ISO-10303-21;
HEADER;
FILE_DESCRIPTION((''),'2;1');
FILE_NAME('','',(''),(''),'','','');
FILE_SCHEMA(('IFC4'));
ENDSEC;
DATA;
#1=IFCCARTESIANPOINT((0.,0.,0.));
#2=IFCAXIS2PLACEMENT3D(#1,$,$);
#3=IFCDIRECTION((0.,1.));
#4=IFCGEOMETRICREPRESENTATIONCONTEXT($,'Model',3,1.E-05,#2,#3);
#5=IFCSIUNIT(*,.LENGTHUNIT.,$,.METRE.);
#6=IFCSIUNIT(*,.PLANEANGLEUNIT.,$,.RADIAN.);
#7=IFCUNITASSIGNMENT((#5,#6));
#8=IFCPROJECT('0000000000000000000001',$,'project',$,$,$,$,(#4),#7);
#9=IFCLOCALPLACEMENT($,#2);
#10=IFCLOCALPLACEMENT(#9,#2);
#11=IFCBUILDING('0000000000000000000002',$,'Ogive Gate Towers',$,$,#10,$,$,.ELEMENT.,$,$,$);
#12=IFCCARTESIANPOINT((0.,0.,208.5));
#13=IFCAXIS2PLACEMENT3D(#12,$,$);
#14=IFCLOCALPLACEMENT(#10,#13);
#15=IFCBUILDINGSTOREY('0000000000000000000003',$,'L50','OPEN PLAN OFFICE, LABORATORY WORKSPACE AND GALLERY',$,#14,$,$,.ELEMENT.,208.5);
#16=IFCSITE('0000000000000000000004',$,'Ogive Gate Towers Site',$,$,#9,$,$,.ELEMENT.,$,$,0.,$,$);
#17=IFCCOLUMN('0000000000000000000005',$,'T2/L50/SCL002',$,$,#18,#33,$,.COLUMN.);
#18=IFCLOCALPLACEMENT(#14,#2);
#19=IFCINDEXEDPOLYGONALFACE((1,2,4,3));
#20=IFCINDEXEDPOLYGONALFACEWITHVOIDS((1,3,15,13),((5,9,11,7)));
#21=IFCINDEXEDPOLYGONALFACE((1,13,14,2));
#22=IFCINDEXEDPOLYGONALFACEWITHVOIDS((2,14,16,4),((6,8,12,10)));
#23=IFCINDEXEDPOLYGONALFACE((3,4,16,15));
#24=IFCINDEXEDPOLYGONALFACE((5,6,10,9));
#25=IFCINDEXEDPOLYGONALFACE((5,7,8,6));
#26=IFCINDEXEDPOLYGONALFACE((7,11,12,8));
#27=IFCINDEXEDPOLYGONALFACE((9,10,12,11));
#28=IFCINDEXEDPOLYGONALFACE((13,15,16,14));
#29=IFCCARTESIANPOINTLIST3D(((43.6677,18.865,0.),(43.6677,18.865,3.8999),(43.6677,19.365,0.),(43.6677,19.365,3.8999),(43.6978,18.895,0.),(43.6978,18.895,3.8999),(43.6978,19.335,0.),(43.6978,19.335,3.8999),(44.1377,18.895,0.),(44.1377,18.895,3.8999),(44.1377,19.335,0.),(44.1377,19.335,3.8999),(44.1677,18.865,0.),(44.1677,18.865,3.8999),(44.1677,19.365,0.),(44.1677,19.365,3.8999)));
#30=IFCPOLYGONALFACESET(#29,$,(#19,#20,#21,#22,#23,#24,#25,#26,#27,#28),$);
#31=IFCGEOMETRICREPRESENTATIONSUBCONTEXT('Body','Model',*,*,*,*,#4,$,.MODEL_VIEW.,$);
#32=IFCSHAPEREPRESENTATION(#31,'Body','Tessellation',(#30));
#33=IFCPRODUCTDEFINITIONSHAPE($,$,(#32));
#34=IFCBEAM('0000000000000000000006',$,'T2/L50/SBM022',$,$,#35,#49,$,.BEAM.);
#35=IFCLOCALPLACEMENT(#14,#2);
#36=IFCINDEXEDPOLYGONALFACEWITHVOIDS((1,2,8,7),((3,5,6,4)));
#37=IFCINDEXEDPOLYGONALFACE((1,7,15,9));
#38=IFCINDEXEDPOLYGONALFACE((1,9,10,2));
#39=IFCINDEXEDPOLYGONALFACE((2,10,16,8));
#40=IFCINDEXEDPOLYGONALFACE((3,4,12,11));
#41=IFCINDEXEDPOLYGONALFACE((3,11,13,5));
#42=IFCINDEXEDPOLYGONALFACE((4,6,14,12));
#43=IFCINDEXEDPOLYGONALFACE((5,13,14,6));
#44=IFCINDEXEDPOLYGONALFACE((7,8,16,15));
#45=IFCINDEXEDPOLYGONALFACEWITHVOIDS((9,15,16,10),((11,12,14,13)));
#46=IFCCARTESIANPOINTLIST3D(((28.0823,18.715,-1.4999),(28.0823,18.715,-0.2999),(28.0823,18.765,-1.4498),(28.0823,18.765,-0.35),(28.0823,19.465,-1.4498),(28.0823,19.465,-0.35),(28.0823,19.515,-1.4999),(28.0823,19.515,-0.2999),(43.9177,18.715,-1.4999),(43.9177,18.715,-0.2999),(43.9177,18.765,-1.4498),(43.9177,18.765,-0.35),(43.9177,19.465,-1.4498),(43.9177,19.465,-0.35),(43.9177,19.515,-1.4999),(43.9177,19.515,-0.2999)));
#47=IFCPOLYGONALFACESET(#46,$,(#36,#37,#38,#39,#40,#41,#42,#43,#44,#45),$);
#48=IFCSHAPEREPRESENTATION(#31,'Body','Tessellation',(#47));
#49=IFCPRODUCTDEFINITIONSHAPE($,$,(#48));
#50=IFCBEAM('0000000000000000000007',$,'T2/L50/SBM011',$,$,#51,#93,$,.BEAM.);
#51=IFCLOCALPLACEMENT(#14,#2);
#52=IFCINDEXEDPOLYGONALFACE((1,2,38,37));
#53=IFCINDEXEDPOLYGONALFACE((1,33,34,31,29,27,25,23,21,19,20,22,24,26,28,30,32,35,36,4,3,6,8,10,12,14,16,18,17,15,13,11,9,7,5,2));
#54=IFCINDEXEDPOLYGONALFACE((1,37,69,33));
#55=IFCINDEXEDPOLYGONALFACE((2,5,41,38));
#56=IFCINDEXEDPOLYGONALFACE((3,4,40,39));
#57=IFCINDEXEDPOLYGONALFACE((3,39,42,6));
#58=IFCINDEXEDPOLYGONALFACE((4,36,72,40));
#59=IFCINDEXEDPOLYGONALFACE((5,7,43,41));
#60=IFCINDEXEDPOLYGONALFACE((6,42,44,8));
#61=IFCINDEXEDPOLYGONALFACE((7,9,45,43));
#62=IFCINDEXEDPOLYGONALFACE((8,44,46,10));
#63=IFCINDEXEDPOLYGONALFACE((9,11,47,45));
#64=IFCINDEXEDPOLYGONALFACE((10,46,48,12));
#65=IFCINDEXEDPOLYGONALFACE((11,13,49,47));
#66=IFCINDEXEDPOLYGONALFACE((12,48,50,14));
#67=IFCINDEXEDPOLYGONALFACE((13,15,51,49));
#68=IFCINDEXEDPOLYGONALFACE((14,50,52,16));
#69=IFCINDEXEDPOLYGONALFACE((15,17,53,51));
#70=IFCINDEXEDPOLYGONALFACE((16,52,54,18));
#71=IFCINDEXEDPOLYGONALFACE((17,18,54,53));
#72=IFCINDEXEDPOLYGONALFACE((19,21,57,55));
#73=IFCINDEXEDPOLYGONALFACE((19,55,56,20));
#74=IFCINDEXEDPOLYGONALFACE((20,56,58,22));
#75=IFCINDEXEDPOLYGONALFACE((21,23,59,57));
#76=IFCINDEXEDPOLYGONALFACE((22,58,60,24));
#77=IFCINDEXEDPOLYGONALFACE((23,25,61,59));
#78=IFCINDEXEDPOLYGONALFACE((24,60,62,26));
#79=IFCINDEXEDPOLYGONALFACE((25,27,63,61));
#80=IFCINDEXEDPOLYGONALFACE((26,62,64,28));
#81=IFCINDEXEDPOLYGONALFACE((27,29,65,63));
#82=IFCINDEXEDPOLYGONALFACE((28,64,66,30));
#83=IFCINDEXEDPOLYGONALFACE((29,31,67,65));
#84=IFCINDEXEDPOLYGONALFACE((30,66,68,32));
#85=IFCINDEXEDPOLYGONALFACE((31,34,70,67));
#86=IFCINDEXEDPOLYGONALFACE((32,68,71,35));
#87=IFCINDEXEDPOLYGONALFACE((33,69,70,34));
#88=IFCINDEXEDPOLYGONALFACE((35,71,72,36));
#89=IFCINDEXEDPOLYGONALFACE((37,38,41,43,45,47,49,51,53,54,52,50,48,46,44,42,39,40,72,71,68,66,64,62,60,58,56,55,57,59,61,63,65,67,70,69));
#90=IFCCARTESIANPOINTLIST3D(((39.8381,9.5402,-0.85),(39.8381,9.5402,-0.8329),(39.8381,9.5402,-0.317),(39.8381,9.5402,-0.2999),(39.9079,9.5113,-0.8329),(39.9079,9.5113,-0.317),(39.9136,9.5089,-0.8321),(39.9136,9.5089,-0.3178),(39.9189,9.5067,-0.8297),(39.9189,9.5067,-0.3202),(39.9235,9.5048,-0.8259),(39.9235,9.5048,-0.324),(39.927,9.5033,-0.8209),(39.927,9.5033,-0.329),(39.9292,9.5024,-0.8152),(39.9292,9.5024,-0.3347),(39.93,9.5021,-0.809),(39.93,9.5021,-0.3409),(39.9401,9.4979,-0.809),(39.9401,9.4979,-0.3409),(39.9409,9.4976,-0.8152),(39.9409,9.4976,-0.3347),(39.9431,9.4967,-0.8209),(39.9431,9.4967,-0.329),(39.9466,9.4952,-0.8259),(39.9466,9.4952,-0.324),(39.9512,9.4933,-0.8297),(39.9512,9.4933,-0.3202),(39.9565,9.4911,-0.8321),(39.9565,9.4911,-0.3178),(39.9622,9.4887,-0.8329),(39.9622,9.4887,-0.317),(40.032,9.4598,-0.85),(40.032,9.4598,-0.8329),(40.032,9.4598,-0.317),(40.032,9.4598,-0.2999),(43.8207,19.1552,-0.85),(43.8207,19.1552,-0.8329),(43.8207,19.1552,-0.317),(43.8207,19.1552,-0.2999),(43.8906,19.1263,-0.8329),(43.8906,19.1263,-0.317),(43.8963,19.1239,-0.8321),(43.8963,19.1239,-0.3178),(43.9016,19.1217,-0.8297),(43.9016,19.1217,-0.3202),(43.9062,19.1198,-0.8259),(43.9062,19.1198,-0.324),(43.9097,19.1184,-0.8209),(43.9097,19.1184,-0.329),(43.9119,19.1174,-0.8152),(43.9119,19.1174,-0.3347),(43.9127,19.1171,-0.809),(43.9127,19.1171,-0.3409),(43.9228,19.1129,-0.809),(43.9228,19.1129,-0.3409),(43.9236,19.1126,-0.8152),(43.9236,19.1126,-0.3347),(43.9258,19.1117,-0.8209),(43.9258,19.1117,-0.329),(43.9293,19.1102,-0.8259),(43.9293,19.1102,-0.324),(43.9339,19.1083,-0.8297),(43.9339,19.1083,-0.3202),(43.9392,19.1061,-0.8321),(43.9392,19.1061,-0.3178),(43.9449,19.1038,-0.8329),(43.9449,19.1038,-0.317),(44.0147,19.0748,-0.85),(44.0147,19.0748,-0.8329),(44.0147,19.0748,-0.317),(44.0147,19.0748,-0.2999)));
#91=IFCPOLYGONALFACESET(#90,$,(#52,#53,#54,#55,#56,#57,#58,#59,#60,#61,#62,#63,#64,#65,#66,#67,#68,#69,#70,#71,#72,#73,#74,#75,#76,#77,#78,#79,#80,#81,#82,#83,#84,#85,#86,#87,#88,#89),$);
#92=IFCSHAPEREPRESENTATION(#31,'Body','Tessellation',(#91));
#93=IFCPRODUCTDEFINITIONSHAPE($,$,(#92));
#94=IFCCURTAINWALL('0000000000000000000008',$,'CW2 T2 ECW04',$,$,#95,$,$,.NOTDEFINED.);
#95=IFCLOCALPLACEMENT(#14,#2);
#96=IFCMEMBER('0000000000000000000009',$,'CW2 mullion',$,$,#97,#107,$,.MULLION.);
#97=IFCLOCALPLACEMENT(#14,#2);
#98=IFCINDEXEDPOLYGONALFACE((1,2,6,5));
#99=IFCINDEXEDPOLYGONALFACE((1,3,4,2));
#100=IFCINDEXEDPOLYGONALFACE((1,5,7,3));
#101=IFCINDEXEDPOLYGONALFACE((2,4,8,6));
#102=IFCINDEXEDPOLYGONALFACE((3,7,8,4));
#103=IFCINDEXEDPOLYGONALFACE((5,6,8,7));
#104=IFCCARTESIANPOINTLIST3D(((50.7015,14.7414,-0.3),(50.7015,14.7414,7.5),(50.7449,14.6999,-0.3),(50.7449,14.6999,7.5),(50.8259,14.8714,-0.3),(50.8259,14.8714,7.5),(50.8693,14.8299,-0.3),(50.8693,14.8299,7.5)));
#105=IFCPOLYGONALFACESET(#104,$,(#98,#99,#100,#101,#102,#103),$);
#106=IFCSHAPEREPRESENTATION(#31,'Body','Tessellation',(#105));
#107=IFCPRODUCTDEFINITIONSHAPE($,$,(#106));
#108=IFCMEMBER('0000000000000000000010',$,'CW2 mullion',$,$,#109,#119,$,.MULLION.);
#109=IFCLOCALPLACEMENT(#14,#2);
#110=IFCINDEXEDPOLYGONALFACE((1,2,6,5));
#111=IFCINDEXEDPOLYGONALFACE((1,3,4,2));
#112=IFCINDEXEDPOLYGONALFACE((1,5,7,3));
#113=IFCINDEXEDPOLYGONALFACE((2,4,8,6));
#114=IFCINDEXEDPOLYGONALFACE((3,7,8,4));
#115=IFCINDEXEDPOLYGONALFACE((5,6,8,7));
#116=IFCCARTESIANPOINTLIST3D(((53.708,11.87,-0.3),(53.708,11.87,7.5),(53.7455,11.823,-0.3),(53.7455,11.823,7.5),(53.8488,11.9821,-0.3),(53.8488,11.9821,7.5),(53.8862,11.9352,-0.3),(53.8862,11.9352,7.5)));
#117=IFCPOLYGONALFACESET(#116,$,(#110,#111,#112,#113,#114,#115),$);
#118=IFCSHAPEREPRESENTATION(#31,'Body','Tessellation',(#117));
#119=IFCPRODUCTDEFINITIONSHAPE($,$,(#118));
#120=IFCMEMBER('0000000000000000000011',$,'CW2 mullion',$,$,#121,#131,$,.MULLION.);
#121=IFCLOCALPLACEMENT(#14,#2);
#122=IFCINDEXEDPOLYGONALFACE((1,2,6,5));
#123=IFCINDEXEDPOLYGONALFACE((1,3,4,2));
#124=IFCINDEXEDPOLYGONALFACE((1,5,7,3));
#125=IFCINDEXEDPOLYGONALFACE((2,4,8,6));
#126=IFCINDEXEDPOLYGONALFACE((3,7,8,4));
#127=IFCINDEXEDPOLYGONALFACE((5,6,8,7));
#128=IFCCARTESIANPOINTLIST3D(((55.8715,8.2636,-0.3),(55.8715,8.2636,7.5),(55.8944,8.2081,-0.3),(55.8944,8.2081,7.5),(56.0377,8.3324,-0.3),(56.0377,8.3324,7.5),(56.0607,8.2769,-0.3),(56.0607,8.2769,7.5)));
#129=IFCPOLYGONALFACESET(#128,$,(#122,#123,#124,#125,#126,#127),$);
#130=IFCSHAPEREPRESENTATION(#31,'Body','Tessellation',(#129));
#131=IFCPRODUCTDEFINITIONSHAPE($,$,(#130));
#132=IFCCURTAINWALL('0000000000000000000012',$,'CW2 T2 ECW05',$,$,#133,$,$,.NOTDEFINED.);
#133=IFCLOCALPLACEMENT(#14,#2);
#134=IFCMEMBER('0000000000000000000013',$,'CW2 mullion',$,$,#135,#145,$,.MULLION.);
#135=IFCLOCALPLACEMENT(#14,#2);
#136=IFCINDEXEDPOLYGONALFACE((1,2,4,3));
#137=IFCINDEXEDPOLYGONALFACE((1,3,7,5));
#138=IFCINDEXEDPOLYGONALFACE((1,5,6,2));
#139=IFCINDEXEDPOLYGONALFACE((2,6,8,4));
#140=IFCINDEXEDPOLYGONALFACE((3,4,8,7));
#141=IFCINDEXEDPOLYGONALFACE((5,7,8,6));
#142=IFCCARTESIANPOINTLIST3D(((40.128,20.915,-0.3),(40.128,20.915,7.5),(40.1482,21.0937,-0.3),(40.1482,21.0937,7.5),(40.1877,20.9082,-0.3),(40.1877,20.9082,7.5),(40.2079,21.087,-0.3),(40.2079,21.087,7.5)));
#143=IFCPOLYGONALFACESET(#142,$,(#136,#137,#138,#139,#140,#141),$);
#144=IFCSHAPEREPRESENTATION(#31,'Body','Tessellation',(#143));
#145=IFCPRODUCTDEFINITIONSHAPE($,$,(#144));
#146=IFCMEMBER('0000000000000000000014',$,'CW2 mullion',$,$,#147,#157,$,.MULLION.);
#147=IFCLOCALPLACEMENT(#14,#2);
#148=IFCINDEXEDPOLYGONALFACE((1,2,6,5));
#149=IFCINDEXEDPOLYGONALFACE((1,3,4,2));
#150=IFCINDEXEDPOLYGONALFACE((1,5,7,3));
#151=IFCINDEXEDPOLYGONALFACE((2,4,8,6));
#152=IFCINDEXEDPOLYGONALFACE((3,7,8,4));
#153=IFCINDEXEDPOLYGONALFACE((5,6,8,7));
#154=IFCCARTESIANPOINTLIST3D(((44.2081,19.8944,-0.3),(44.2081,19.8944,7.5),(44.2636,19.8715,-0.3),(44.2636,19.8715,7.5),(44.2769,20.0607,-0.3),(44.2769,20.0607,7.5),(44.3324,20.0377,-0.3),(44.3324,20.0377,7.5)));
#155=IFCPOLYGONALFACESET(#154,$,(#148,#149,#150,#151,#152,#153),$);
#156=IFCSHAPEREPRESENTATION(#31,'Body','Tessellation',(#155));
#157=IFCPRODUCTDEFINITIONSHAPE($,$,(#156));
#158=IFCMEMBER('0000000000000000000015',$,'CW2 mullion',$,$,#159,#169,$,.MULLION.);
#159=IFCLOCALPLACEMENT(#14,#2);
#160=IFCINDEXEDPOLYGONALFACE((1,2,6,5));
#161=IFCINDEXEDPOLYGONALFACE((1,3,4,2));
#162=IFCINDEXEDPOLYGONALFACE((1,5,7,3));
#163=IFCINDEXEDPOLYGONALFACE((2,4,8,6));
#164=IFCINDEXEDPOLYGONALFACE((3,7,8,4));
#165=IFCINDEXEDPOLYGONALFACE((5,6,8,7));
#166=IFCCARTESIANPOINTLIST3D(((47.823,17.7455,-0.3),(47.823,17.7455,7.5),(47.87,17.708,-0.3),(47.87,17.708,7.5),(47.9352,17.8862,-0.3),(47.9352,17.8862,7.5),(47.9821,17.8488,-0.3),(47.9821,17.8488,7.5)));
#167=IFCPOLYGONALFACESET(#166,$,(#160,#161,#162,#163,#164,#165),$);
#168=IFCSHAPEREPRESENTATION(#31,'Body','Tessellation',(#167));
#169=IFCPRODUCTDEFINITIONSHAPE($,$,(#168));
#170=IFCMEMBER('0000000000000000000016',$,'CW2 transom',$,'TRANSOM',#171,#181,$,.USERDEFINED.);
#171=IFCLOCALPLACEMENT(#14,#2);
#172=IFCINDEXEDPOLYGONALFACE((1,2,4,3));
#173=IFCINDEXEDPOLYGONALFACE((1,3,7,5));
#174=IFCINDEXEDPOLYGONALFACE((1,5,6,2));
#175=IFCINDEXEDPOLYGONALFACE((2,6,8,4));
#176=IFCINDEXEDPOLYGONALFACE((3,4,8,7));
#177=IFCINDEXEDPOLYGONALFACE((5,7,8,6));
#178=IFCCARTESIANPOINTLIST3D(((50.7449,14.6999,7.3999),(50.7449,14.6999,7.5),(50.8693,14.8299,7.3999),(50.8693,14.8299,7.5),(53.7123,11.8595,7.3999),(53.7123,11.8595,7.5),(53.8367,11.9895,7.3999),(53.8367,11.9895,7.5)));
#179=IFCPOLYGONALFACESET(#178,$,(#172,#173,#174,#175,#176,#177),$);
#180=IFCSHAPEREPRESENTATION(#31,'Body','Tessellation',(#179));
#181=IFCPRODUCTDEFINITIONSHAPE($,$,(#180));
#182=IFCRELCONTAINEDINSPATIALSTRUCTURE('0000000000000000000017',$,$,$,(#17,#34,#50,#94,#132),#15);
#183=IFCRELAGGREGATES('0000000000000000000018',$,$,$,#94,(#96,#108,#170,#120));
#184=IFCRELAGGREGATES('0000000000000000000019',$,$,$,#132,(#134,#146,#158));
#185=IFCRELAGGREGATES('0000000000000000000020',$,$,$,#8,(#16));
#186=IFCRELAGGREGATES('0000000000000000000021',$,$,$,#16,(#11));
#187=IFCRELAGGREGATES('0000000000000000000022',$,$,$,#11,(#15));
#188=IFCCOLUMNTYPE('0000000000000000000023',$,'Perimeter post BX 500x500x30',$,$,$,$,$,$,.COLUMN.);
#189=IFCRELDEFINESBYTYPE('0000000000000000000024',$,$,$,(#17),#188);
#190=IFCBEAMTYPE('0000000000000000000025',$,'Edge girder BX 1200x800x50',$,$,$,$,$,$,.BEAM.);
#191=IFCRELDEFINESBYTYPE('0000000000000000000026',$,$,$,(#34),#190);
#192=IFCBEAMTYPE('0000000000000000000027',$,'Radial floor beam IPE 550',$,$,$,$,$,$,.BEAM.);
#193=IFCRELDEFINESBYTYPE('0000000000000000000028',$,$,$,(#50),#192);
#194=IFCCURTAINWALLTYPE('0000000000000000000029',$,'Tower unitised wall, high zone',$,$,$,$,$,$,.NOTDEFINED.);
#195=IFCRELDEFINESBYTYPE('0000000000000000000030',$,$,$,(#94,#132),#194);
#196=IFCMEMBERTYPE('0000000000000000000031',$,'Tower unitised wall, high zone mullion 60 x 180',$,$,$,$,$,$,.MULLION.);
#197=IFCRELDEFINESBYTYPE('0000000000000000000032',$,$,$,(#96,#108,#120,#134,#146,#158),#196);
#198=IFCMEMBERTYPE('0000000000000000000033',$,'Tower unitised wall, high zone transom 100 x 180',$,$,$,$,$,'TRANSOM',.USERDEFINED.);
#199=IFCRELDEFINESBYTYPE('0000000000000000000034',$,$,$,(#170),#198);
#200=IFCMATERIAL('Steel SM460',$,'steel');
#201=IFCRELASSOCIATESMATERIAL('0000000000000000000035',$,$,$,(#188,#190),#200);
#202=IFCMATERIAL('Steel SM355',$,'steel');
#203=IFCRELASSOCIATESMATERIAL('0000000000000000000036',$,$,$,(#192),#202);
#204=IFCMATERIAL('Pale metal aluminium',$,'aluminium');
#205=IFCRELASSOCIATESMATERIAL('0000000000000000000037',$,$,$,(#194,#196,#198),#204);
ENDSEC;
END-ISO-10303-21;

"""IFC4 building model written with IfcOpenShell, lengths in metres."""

from ifc_helpers import new_model, si_unit, direction, frame, origin, origin_2d, place, context, subcontext, project, spatial, rectangle, hollow_rectangle, i_section, extrude, material, material_profile, profile_set, type_object, element, aggregate, save


model = new_model("IFC4")

# Units and contexts
model_context = context("Model", 3, precision=1e-05, world=origin(), true_north=direction((0.0, 1.0)))
body_context = subcontext(model_context, "Body", "Model", "MODEL_VIEW")
ifc_project = project(units=[si_unit("LENGTHUNIT", "METRE"), si_unit("PLANEANGLEUNIT", "RADIAN")], contexts=[model_context])

# Site, building, storey
site_placement = place(None, origin())
site = spatial("IfcSite", under=ifc_project, at=site_placement, Name="Ogive Gate Towers Site", CompositionType="ELEMENT", RefElevation=0.0)
building_placement = place(site_placement, origin())
building = spatial("IfcBuilding", under=site, at=building_placement, Name="Ogive Gate Towers", CompositionType="ELEMENT")
storey_placement = place(building_placement, frame((0.0, 0.0, 208.5)))
storey = spatial("IfcBuildingStorey", under=building, at=storey_placement, Name="L50", Description="OPEN PLAN OFFICE, LABORATORY WORKSPACE AND GALLERY", CompositionType="ELEMENT", Elevation=208.5)

# Column
ifc_material_1 = material(Name="Steel SM460", Category="steel")
ifc_material_profile_1 = material_profile(ifc_material_1, hollow_rectangle(XDim=0.5, YDim=0.5, WallThickness=0.03, at=origin_2d()), Name="BX 500x500x30")
ifc_profile_set_1 = profile_set([ifc_material_profile_1], Name="Steel SM460")
column_type = type_object("IfcColumnType", Name="Perimeter post BX 500x500x30", PredefinedType="COLUMN", material=ifc_profile_set_1)
column_placement = place(storey_placement, frame((43.9177, 19.115, 0.0), z_axis=(0.0, 0.0, 1.0), x_axis=(1.0, 0.0, 0.0)))
element("IfcColumn", 1, at=column_placement, inside=storey, type_object=column_type, Name="T2/L50/SCL002", PredefinedType="COLUMN", context=body_context, shape_type="SweptSolid", body=[
    extrude(hollow_rectangle(XDim=0.5, YDim=0.5, WallThickness=0.03, at=origin_2d()), origin(), (0.0, 0.0, 1.0), 3.8999),
])

# Beams
ifc_material_profile_2 = material_profile(ifc_material_1, hollow_rectangle(XDim=0.8, YDim=1.2, WallThickness=0.05, at=origin_2d()), Name="BX 1200x800x50")
ifc_profile_set_2 = profile_set([ifc_material_profile_2], Name="Steel SM460")
beam_type_1 = type_object("IfcBeamType", Name="Edge girder BX 1200x800x50", PredefinedType="BEAM", material=ifc_profile_set_2)
beam_1_placement = place(storey_placement, frame((43.9177, 19.115, -0.8999), z_axis=(-1.0, 0.0, 0.0), x_axis=(0.0, -1.0, 0.0)))
element("IfcBeam", 2, at=beam_1_placement, inside=storey, type_object=beam_type_1, Name="T2/L50/SBM022", PredefinedType="BEAM", context=body_context, shape_type="SweptSolid", body=[
    extrude(hollow_rectangle(XDim=0.8, YDim=1.2, WallThickness=0.05, at=origin_2d()), origin(), (0.0, 0.0, 1.0), 15.8354),
])
ifc_material_2 = material(Name="Steel SM355", Category="steel")
ifc_material_profile_3 = material_profile(ifc_material_2, i_section(OverallWidth=0.21, OverallDepth=0.55, WebThickness=0.011, FlangeThickness=0.0171, FilletRadius=0.0239, at=origin_2d()), Name="IPE 550")
ifc_profile_set_3 = profile_set([ifc_material_profile_3], Name="Steel SM355")
beam_type_2 = type_object("IfcBeamType", Name="Radial floor beam IPE 550", PredefinedType="BEAM", material=ifc_profile_set_3)
beam_2_placement = place(storey_placement, frame((39.9351, 9.5, -0.575), z_axis=(0.382684, 0.923879, 0.0), x_axis=(-0.923879, 0.382684, 0.0)))
element("IfcBeam", 3, at=beam_2_placement, inside=storey, type_object=beam_type_2, Name="T2/L50/SBM011", PredefinedType="BEAM", context=body_context, shape_type="SweptSolid", body=[
    extrude(i_section(OverallWidth=0.21, OverallDepth=0.55, WebThickness=0.011, FlangeThickness=0.0171, FilletRadius=0.0239, at=origin_2d()), origin(), (0.0, 0.0, 1.0), 10.4072),
])

# Curtain walls, members
ifc_material_3 = material(Name="Pale metal aluminium", Category="aluminium")
curtain_wall_type = type_object("IfcCurtainWallType", Name="Tower unitised wall, high zone", PredefinedType="NOTDEFINED", material=ifc_material_3)
curtain_wall_1_placement = place(storey_placement, origin())
curtain_wall_1 = element("IfcCurtainWall", 4, at=curtain_wall_1_placement, inside=storey, type_object=curtain_wall_type, Name="CW2 T2 ECW04", PredefinedType="NOTDEFINED")
ifc_material_profile_4 = material_profile(ifc_material_3, rectangle(XDim=0.1799, YDim=0.0601, at=origin_2d()), Name="60 x 180 aluminium box")
ifc_profile_set_4 = profile_set([ifc_material_profile_4], Name="Pale metal aluminium")
member_type_1 = type_object("IfcMemberType", Name="Tower unitised wall, high zone mullion 60 x 180", PredefinedType="MULLION", material=ifc_profile_set_4)
member_1_placement = place(storey_placement, frame((50.7854, 14.7856, -0.3), z_axis=(0.0, 0.0, 1.0), x_axis=(-0.6915, -0.722376, 0.0)))
member_1 = element("IfcMember", 5, at=member_1_placement, type_object=member_type_1, Name="CW2 mullion", PredefinedType="MULLION", context=body_context, shape_type="SweptSolid", body=[
    extrude(rectangle(XDim=0.1799, YDim=0.0601, at=origin_2d()), origin(), (0.0, 0.0, 1.0), 7.8),
])
member_2_placement = place(storey_placement, frame((53.7971, 11.9026, -0.3), z_axis=(0.0, 0.0, 1.0), x_axis=(-0.782097, -0.623156, 0.0)))
member_2 = element("IfcMember", 6, at=member_2_placement, type_object=member_type_1, Name="CW2 mullion", PredefinedType="MULLION", context=body_context, shape_type="SweptSolid", body=[
    extrude(rectangle(XDim=0.1799, YDim=0.0601, at=origin_2d()), origin(), (0.0, 0.0, 1.0), 7.8),
])
member_3_placement = place(storey_placement, frame((55.9661, 8.2703, -0.3), z_axis=(0.0, 0.0, 1.0), x_axis=(-0.92388, -0.382683, 0.0)))
member_3 = element("IfcMember", 7, at=member_3_placement, type_object=member_type_1, Name="CW2 mullion", PredefinedType="MULLION", context=body_context, shape_type="SweptSolid", body=[
    extrude(rectangle(XDim=0.1799, YDim=0.0601, at=origin_2d()), origin(), (0.0, 0.0, 1.0), 7.8),
])
curtain_wall_2_placement = place(storey_placement, origin())
curtain_wall_2 = element("IfcCurtainWall", 8, at=curtain_wall_2_placement, inside=storey, type_object=curtain_wall_type, Name="CW2 T2 ECW05", PredefinedType="NOTDEFINED")
member_4_placement = place(storey_placement, frame((40.168, 21.001, -0.3), z_axis=(0.0, 0.0, 1.0), x_axis=(-0.112405, -0.993662, 0.0)))
member_4 = element("IfcMember", 9, at=member_4_placement, type_object=member_type_1, Name="CW2 mullion", PredefinedType="MULLION", context=body_context, shape_type="SweptSolid", body=[
    extrude(rectangle(XDim=0.1799, YDim=0.0601, at=origin_2d()), origin(), (0.0, 0.0, 1.0), 7.8),
])
member_5_placement = place(storey_placement, frame((44.2703, 19.9661, -0.3), z_axis=(0.0, 0.0, 1.0), x_axis=(-0.382683, -0.92388, 0.0)))
member_5 = element("IfcMember", 10, at=member_5_placement, type_object=member_type_1, Name="CW2 mullion", PredefinedType="MULLION", context=body_context, shape_type="SweptSolid", body=[
    extrude(rectangle(XDim=0.1799, YDim=0.0601, at=origin_2d()), origin(), (0.0, 0.0, 1.0), 7.8),
])
member_6_placement = place(storey_placement, frame((47.9026, 17.7971, -0.3), z_axis=(0.0, 0.0, 1.0), x_axis=(-0.623156, -0.782097, 0.0)))
member_6 = element("IfcMember", 11, at=member_6_placement, type_object=member_type_1, Name="CW2 mullion", PredefinedType="MULLION", context=body_context, shape_type="SweptSolid", body=[
    extrude(rectangle(XDim=0.1799, YDim=0.0601, at=origin_2d()), origin(), (0.0, 0.0, 1.0), 7.8),
])

# Member
ifc_material_profile_5 = material_profile(ifc_material_3, rectangle(XDim=0.1799, YDim=0.1001, at=origin_2d()), Name="100 x 180 aluminium box")
ifc_profile_set_5 = profile_set([ifc_material_profile_5], Name="Pale metal aluminium")
member_type_2 = type_object("IfcMemberType", Name="Tower unitised wall, high zone transom 100 x 180", ElementType="TRANSOM", PredefinedType="USERDEFINED", material=ifc_profile_set_5)
member_7_placement = place(storey_placement, frame((50.8071, 14.7649, 7.45), z_axis=(0.722391, -0.691484, 0.0), x_axis=(0.691484, 0.722391, 0.0)))
member_7 = element("IfcMember", 12, at=member_7_placement, type_object=member_type_2, Name="CW2 transom", ObjectType="TRANSOM", PredefinedType="USERDEFINED", context=body_context, shape_type="SweptSolid", body=[
    extrude(rectangle(XDim=0.1799, YDim=0.1001, at=origin_2d()), origin(), (0.0, 0.0, 1.0), 4.1077),
])

aggregate(curtain_wall_1, [member_1, member_2, member_7, member_3])
aggregate(curtain_wall_2, [member_4, member_5, member_6])

save(model, "model.ifc")
